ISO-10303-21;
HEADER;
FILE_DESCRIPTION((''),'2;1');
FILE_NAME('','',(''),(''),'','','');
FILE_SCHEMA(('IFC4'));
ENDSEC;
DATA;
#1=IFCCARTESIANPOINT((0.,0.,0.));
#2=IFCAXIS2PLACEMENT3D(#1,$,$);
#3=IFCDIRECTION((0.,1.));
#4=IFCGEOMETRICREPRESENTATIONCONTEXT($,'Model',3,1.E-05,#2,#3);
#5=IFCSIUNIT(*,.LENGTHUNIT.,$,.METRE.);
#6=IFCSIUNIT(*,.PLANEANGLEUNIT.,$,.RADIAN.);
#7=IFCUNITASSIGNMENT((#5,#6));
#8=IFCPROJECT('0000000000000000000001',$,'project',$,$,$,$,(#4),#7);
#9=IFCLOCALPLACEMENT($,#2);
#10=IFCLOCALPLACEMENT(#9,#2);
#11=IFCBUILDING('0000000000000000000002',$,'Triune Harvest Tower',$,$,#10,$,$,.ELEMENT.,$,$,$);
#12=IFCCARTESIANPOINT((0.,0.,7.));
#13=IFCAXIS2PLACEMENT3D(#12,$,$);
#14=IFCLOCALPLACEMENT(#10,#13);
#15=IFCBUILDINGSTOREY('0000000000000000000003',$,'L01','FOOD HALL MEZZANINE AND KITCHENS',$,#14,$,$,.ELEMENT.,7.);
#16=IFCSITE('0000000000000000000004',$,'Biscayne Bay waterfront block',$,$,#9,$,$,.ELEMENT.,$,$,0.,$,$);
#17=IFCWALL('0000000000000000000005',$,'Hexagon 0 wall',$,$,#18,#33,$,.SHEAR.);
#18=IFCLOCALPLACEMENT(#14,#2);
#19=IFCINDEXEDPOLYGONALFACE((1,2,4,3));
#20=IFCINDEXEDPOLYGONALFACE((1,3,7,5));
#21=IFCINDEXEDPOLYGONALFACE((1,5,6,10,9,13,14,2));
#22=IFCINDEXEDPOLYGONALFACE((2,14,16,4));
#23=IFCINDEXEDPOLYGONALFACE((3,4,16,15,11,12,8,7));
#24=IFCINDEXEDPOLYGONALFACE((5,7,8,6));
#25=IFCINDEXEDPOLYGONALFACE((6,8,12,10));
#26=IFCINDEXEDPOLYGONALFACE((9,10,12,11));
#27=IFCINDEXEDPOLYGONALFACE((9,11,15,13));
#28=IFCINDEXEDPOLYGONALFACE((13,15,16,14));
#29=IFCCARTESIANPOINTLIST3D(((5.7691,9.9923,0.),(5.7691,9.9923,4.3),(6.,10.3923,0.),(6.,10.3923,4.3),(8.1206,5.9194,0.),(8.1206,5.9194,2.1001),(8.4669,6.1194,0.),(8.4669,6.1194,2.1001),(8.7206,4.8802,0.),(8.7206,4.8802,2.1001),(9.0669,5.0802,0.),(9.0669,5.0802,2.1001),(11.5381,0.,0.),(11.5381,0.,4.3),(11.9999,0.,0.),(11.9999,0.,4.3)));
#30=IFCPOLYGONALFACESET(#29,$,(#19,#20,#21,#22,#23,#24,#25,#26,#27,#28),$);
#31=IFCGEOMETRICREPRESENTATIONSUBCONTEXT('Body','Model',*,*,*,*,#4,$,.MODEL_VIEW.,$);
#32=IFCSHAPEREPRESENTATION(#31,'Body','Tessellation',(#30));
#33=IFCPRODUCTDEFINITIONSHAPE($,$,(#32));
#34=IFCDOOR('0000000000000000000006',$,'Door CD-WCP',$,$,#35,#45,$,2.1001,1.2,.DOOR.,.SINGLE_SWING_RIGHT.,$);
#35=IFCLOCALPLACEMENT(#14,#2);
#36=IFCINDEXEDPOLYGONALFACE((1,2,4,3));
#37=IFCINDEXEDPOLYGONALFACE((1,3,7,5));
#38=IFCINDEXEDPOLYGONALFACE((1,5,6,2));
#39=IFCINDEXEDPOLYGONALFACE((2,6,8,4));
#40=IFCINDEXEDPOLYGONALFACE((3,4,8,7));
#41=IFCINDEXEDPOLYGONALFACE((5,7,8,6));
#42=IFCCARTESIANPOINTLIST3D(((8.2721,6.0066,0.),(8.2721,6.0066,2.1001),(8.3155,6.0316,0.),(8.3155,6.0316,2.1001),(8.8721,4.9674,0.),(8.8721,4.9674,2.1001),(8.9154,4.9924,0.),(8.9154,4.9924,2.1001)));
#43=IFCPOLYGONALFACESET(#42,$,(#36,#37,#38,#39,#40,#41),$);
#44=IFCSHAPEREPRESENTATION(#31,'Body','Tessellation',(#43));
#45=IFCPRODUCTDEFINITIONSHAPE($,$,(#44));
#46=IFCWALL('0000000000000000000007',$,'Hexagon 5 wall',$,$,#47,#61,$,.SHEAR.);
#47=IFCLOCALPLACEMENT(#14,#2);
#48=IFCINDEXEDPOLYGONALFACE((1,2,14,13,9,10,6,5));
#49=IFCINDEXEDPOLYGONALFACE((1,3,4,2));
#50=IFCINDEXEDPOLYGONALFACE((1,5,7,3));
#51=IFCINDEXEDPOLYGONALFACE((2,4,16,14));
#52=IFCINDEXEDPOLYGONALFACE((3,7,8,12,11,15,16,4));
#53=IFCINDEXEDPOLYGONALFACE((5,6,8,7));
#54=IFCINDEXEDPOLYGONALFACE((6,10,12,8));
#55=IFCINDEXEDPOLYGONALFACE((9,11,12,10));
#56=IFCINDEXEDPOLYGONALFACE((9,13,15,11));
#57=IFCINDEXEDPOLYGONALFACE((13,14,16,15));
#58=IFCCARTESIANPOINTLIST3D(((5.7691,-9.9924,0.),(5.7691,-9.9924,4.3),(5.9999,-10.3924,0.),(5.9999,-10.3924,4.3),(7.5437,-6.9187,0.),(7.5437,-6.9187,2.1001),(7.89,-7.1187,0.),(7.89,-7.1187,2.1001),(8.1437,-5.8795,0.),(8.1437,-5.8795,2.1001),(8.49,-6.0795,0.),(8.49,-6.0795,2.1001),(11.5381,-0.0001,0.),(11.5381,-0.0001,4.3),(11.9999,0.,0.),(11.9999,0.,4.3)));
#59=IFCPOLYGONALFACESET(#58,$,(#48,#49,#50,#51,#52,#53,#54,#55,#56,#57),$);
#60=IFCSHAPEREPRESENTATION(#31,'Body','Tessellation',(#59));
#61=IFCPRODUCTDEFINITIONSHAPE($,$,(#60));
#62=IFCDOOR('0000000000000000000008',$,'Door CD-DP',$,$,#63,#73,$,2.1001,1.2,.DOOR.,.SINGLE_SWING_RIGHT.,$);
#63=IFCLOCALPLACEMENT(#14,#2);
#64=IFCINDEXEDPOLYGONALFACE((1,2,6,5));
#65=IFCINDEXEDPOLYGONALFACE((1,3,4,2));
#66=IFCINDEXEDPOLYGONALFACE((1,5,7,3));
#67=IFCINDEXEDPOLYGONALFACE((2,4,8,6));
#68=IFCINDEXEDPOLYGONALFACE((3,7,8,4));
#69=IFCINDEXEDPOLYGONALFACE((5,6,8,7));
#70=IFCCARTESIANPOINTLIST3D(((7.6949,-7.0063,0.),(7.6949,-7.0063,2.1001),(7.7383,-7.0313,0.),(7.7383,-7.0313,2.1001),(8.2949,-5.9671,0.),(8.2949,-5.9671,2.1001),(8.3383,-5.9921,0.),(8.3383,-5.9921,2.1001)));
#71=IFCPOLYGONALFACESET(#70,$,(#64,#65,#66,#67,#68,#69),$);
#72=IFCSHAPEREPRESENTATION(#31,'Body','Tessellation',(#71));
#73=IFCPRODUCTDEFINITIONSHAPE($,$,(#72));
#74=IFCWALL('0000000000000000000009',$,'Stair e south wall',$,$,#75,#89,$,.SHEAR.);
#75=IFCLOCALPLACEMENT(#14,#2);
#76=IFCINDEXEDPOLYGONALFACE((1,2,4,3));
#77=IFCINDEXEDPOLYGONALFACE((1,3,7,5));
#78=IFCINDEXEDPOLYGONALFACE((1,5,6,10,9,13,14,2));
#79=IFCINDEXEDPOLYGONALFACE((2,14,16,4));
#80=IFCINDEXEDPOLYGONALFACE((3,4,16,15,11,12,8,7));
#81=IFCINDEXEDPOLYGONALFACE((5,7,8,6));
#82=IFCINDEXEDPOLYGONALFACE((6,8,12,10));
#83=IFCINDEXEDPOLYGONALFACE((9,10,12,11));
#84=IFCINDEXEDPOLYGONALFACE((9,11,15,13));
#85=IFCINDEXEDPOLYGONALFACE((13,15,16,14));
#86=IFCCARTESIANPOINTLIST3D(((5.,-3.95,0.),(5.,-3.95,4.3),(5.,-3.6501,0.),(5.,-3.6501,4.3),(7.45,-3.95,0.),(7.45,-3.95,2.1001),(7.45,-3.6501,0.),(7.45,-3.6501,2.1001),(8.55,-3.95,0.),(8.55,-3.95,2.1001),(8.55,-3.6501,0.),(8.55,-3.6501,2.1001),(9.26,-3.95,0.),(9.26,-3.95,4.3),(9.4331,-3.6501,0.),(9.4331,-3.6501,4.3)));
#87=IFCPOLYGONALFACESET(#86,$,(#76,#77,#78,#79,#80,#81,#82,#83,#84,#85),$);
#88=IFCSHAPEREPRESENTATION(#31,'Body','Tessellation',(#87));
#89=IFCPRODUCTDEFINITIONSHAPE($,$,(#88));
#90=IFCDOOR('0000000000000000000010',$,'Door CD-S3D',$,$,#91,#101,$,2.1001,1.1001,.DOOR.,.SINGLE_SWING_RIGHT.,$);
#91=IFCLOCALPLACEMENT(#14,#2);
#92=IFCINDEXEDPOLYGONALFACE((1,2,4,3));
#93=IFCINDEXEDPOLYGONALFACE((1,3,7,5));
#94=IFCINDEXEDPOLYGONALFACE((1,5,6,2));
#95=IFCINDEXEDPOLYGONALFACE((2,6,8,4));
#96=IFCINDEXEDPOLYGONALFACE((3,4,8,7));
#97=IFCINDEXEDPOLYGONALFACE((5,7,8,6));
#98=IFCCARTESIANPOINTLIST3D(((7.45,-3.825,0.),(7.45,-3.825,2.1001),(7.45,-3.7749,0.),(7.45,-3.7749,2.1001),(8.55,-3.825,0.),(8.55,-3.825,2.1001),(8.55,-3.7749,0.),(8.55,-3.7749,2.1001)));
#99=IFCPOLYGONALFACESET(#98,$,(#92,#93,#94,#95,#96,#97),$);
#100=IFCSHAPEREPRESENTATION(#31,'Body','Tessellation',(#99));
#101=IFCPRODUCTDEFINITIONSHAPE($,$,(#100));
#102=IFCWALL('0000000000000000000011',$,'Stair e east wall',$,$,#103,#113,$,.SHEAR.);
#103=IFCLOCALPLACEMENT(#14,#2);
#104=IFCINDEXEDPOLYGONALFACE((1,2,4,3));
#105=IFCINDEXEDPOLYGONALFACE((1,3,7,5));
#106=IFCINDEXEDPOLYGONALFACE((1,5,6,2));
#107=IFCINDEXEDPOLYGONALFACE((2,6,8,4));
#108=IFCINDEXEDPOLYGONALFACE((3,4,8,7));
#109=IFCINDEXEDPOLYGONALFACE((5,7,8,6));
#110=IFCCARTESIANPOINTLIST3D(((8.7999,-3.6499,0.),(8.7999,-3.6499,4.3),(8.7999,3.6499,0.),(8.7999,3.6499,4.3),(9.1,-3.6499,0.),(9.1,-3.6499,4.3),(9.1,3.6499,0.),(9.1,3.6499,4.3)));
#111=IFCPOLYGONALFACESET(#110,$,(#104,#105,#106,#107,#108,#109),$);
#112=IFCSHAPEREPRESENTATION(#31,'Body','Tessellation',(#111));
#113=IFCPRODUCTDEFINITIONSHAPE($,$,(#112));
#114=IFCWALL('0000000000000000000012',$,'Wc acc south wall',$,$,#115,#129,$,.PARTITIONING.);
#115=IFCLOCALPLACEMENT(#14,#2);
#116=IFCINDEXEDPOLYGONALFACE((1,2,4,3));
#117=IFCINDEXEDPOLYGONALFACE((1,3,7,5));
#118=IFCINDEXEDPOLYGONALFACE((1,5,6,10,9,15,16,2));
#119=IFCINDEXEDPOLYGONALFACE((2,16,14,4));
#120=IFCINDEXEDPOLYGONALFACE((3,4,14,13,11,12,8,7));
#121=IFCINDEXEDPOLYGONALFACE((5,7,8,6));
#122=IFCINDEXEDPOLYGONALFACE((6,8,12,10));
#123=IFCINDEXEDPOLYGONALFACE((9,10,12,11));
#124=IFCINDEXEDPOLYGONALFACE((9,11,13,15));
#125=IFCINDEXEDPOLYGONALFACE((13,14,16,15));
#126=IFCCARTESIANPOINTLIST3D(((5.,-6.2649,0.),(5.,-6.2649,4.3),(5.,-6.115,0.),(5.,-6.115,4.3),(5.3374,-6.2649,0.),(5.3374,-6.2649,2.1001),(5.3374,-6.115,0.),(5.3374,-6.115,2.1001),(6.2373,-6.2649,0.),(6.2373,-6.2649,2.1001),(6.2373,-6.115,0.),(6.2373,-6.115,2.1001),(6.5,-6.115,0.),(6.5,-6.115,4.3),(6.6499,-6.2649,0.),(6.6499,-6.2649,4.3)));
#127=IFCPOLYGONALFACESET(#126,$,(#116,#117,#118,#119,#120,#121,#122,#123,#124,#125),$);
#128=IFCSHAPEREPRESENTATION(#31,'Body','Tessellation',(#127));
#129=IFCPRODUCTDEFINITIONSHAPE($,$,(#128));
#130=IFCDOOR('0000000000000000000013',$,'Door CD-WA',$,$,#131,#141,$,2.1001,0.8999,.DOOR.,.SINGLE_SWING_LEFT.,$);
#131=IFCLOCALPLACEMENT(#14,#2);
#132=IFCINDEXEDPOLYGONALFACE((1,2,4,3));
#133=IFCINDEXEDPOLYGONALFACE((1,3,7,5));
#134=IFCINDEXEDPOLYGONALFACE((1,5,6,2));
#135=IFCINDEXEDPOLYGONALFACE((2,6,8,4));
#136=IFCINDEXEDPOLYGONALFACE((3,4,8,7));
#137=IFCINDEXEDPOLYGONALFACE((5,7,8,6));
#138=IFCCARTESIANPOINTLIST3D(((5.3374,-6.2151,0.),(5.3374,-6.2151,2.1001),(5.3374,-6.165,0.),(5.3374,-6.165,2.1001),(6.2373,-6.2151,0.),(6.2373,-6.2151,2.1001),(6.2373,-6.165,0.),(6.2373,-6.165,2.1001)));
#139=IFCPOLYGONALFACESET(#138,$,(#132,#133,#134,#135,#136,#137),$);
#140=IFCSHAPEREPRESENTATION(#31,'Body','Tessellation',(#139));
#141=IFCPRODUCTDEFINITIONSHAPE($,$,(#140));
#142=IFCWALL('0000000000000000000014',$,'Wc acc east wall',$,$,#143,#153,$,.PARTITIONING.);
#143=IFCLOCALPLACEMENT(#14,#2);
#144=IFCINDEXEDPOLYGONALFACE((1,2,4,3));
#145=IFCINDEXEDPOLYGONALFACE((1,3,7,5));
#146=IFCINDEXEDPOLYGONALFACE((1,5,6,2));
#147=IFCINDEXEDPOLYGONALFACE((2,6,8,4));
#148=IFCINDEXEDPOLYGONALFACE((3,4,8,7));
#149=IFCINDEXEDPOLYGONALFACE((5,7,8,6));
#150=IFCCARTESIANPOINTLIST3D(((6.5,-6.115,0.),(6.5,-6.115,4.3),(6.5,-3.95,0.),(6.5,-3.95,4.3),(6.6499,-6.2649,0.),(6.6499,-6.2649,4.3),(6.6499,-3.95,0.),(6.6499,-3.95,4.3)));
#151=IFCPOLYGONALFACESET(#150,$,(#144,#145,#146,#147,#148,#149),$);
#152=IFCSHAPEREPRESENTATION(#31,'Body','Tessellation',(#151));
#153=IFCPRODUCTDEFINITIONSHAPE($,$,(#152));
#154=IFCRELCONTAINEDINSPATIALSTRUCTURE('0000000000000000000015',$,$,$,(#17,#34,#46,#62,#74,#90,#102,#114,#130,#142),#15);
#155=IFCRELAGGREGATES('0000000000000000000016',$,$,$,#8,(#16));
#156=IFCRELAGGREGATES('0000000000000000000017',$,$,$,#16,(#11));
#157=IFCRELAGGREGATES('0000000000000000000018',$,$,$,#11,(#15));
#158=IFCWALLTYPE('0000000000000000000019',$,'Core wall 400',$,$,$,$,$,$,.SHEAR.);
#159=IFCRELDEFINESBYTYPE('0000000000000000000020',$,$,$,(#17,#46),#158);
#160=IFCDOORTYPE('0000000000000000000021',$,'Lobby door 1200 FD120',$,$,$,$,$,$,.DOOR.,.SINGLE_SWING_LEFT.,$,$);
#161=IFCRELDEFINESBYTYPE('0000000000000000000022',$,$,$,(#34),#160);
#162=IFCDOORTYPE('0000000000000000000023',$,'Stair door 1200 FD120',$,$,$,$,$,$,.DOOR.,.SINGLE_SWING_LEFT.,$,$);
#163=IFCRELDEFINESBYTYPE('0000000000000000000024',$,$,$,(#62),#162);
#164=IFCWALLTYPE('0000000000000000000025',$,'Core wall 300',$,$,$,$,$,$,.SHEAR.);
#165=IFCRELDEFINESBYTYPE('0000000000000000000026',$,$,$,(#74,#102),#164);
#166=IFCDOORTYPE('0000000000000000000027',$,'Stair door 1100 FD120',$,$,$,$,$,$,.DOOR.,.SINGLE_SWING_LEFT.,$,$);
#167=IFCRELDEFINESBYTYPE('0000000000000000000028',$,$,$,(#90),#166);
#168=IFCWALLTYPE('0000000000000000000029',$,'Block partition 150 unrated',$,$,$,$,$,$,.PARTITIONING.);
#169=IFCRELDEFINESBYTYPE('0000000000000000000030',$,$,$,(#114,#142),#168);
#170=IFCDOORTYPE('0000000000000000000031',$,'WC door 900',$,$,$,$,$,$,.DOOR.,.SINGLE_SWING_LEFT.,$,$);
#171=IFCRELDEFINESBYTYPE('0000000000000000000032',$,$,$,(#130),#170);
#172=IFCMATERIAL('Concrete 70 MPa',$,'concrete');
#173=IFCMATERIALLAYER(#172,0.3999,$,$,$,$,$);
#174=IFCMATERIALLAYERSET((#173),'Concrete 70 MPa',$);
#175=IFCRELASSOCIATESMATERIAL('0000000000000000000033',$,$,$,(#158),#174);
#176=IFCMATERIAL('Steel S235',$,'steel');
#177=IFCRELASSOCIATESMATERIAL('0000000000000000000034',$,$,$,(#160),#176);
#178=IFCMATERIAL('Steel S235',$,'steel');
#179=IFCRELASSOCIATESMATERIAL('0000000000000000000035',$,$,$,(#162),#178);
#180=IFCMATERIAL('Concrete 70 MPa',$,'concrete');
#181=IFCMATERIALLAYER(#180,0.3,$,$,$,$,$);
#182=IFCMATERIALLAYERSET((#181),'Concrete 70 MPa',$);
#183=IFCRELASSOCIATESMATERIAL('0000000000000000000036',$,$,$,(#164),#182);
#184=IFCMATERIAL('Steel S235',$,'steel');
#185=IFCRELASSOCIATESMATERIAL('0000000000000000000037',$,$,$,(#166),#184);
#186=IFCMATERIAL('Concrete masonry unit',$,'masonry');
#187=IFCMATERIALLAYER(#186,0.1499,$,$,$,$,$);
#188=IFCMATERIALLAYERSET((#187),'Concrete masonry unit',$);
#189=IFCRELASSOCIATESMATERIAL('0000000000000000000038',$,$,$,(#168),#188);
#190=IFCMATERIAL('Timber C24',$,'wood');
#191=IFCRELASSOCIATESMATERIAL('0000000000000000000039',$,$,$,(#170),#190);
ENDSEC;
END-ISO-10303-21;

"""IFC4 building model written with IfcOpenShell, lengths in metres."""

from ifc_helpers import new_model, si_unit, direction, frame, frame_2d, origin, place, context, subcontext, project, spatial, polyline, rectangle, outline, extrude, source, transform, mapped, material, layer, layer_set, type_object, element, fill, save


model = new_model("IFC4")

# Units and contexts
model_context = context("Model", 3, precision=1e-05, world=origin(), true_north=direction((0.0, 1.0)))
body_context = subcontext(model_context, "Body", "Model", "MODEL_VIEW")
ifc_project = project(units=[si_unit("LENGTHUNIT", "METRE"), si_unit("PLANEANGLEUNIT", "RADIAN")], contexts=[model_context])

# Site, building, storey
site_placement = place(None, origin())
site = spatial("IfcSite", under=ifc_project, at=site_placement, Name="Biscayne Bay waterfront block", CompositionType="ELEMENT", RefElevation=0.0)
building_placement = place(site_placement, origin())
building = spatial("IfcBuilding", under=site, at=building_placement, Name="Triune Harvest Tower", CompositionType="ELEMENT")
storey_placement = place(building_placement, frame((0.0, 0.0, 7.0)))
storey = spatial("IfcBuildingStorey", under=building, at=storey_placement, Name="L01", Description="FOOD HALL MEZZANINE AND KITCHENS", CompositionType="ELEMENT", Elevation=7.0)

# Walls, openings, doors
ifc_material_1 = material(Name="Concrete 70 MPa", Category="concrete")
ifc_layer_1 = layer(ifc_material_1, 0.3999)
ifc_layer_set_1 = layer_set([ifc_layer_1], Name="Concrete 70 MPa")
wall_type_1 = type_object("IfcWallType", Name="Core wall 400", PredefinedType="SHEAR", material=ifc_layer_set_1)
shared_shape_1 = source(origin(), body_context, "Body", "SweptSolid", [
    extrude(outline(polyline([(-0.1155, -0.2), (11.8845, -0.2), (11.6536, 0.2), (0.1155, 0.2), (-0.1155, -0.2)])), origin(), (0.0, 0.0, 1.0), 4.3),
])
wall_1_placement = place(storey_placement, frame((11.769, 0.0, 0.0), z_axis=(0.0, 0.0, 1.0), x_axis=(-0.499997, 0.866027, 0.0)))
wall_1 = element("IfcWall", 1, at=wall_1_placement, inside=storey, type_object=wall_type_1, Name="Hexagon 0 wall", PredefinedType="SHEAR", context=body_context, shape_type="MappedRepresentation", body=[
    mapped(shared_shape_1, transform((0.0, 0.0, 0.0), scale=1.0)),
])
opening_1_placement = place(wall_1_placement, frame((5.7505, 0.0, 0.0)))
opening_1 = element("IfcOpeningElement", 2, at=opening_1_placement, cuts=wall_1, PredefinedType="OPENING", context=body_context, shape_type="SweptSolid", body=[
    extrude(rectangle(XDim=1.2, YDim=2.1001, at=frame_2d((0.6001, 1.05))), frame((0.0, 0.21, 0.0), z_axis=(0.0, -1.0, 0.0), x_axis=(1.0, 0.0, 0.0)), (0.0, 0.0, 1.0), 0.4199),
])
ifc_material_2 = material(Name="Steel S235", Category="steel")
door_type_1 = type_object("IfcDoorType", Name="Lobby door 1200 FD120", OperationType="SINGLE_SWING_LEFT", PredefinedType="DOOR", material=ifc_material_2)
door_1_placement = place(opening_1_placement, frame((1.2, 0.0, 0.0), z_axis=(0.0, 0.0, 1.0), x_axis=(-1.0, 0.0, 0.0)))
door_1 = element("IfcDoor", 3, at=door_1_placement, inside=storey, type_object=door_type_1, Name="Door CD-WCP", OperationType="SINGLE_SWING_RIGHT", OverallHeight=2.1001, OverallWidth=1.2, PredefinedType="DOOR", context=body_context, shape_type="SweptSolid", body=[
    extrude(rectangle(XDim=1.2, YDim=2.1001, at=frame_2d((0.6001, 1.05))), frame((0.0, 0.0249, 0.0), z_axis=(0.0, -1.0, 0.0), x_axis=(1.0, 0.0, 0.0)), (0.0, 0.0, 1.0), 0.05),
])
fill(opening_1, door_1)
wall_2_placement = place(storey_placement, frame((5.8845, -10.1924, 0.0), z_axis=(0.0, 0.0, 1.0), x_axis=(0.499997, 0.866027, 0.0)))
wall_2 = element("IfcWall", 4, at=wall_2_placement, inside=storey, type_object=wall_type_1, Name="Hexagon 5 wall", PredefinedType="SHEAR", context=body_context, shape_type="MappedRepresentation", body=[
    mapped(shared_shape_1, transform((0.0, 0.0, 0.0), scale=1.0)),
])
opening_2_placement = place(wall_2_placement, frame((3.6646, 0.0, 0.0)))
opening_2 = element("IfcOpeningElement", 5, at=opening_2_placement, cuts=wall_2, PredefinedType="OPENING", context=body_context, shape_type="SweptSolid", body=[
    extrude(rectangle(XDim=1.2, YDim=2.1001, at=frame_2d((0.6001, 1.05))), frame((0.0, 0.21, 0.0), z_axis=(0.0, -1.0, 0.0), x_axis=(1.0, 0.0, 0.0)), (0.0, 0.0, 1.0), 0.4199),
])
ifc_material_3 = material(Name="Steel S235", Category="steel")
door_type_2 = type_object("IfcDoorType", Name="Stair door 1200 FD120", OperationType="SINGLE_SWING_LEFT", PredefinedType="DOOR", material=ifc_material_3)
door_2_placement = place(opening_2_placement, frame((1.2, 0.0, 0.0), z_axis=(0.0, 0.0, 1.0), x_axis=(-1.0, 0.0, 0.0)))
door_2 = element("IfcDoor", 6, at=door_2_placement, inside=storey, type_object=door_type_2, Name="Door CD-DP", OperationType="SINGLE_SWING_RIGHT", OverallHeight=2.1001, OverallWidth=1.2, PredefinedType="DOOR", context=body_context, shape_type="SweptSolid", body=[
    extrude(rectangle(XDim=1.2, YDim=2.1001, at=frame_2d((0.6001, 1.05))), frame((0.0, 0.0249, 0.0), z_axis=(0.0, -1.0, 0.0), x_axis=(1.0, 0.0, 0.0)), (0.0, 0.0, 1.0), 0.05),
])
fill(opening_2, door_2)
ifc_material_4 = material(Name="Concrete 70 MPa", Category="concrete")
ifc_layer_2 = layer(ifc_material_4, 0.3)
ifc_layer_set_2 = layer_set([ifc_layer_2], Name="Concrete 70 MPa")
wall_type_2 = type_object("IfcWallType", Name="Core wall 300", PredefinedType="SHEAR", material=ifc_layer_set_2)
shared_shape_2 = source(origin(), body_context, "Body", "SweptSolid", [
    extrude(outline(polyline([(0.0, -0.1499), (0.0, 0.1499), (4.4331, 0.1499), (4.26, -0.1499), (0.0, -0.1499)])), origin(), (0.0, 0.0, 1.0), 4.3),
])
wall_3_placement = place(storey_placement, frame((5.0, -3.8, 0.0), z_axis=(0.0, 0.0, 1.0), x_axis=(1.0, 0.0, 0.0)))
wall_3 = element("IfcWall", 7, at=wall_3_placement, inside=storey, type_object=wall_type_2, Name="Stair e south wall", PredefinedType="SHEAR", context=body_context, shape_type="MappedRepresentation", body=[
    mapped(shared_shape_2, transform((0.0, 0.0, 0.0), scale=1.0)),
])
opening_3_placement = place(wall_3_placement, frame((2.45, 0.0, 0.0)))
opening_3 = element("IfcOpeningElement", 8, at=opening_3_placement, cuts=wall_3, PredefinedType="OPENING", context=body_context, shape_type="SweptSolid", body=[
    extrude(rectangle(XDim=1.1001, YDim=2.1001, at=frame_2d((0.55, 1.05))), frame((0.0, 0.1602, 0.0), z_axis=(0.0, -1.0, 0.0), x_axis=(1.0, 0.0, 0.0)), (0.0, 0.0, 1.0), 0.3201),
])
ifc_material_5 = material(Name="Steel S235", Category="steel")
door_type_3 = type_object("IfcDoorType", Name="Stair door 1100 FD120", OperationType="SINGLE_SWING_LEFT", PredefinedType="DOOR", material=ifc_material_5)
door_3_placement = place(opening_3_placement, frame((1.1001, 0.0, 0.0), z_axis=(0.0, 0.0, 1.0), x_axis=(-1.0, 0.0, 0.0)))
door_3 = element("IfcDoor", 9, at=door_3_placement, inside=storey, type_object=door_type_3, Name="Door CD-S3D", OperationType="SINGLE_SWING_RIGHT", OverallHeight=2.1001, OverallWidth=1.1001, PredefinedType="DOOR", context=body_context, shape_type="SweptSolid", body=[
    extrude(rectangle(XDim=1.1001, YDim=2.1001, at=frame_2d((0.55, 1.05))), frame((0.0, 0.0249, 0.0), z_axis=(0.0, -1.0, 0.0), x_axis=(1.0, 0.0, 0.0)), (0.0, 0.0, 1.0), 0.05),
])
fill(opening_3, door_3)

# Wall
shared_shape_3 = source(origin(), body_context, "Body", "SweptSolid", [
    extrude(rectangle(XDim=7.2998, YDim=0.3, at=frame_2d((3.6499, 0.0))), origin(), (0.0, 0.0, 1.0), 4.3),
])
wall_4_placement = place(storey_placement, frame((8.95, -3.6499, 0.0), z_axis=(0.0, 0.0, 1.0), x_axis=(0.0, 1.0, 0.0)))
element("IfcWall", 10, at=wall_4_placement, inside=storey, type_object=wall_type_2, Name="Stair e east wall", PredefinedType="SHEAR", context=body_context, shape_type="MappedRepresentation", body=[
    mapped(shared_shape_3, transform((0.0, 0.0, 0.0), scale=1.0)),
])

# Wall, opening, door
ifc_material_6 = material(Name="Concrete masonry unit", Category="masonry")
ifc_layer_3 = layer(ifc_material_6, 0.1499)
ifc_layer_set_3 = layer_set([ifc_layer_3], Name="Concrete masonry unit")
wall_type_3 = type_object("IfcWallType", Name="Block partition 150 unrated", PredefinedType="PARTITIONING", material=ifc_layer_set_3)
shared_shape_4 = source(origin(), body_context, "Body", "SweptSolid", [
    extrude(outline(polyline([(0.0, -0.075), (1.6499, -0.075), (1.5, 0.075), (0.0, 0.075), (0.0, -0.075)])), origin(), (0.0, 0.0, 1.0), 4.3),
])
wall_5_placement = place(storey_placement, frame((5.0, -6.1899, 0.0), z_axis=(0.0, 0.0, 1.0), x_axis=(1.0, 0.0, 0.0)))
wall_5 = element("IfcWall", 11, at=wall_5_placement, inside=storey, type_object=wall_type_3, Name="Wc acc south wall", PredefinedType="PARTITIONING", context=body_context, shape_type="MappedRepresentation", body=[
    mapped(shared_shape_4, transform((0.0, 0.0, 0.0), scale=1.0)),
])
opening_4_placement = place(wall_5_placement, frame((0.3374, 0.0, 0.0)))
opening_4 = element("IfcOpeningElement", 12, at=opening_4_placement, cuts=wall_5, PredefinedType="OPENING", context=body_context, shape_type="SweptSolid", body=[
    extrude(rectangle(XDim=0.8999, YDim=2.1001, at=frame_2d((0.45, 1.05))), frame((0.0, 0.085, 0.0), z_axis=(0.0, -1.0, 0.0), x_axis=(1.0, 0.0, 0.0)), (0.0, 0.0, 1.0), 0.1699),
])
ifc_material_7 = material(Name="Timber C24", Category="wood")
door_type_4 = type_object("IfcDoorType", Name="WC door 900", OperationType="SINGLE_SWING_LEFT", PredefinedType="DOOR", material=ifc_material_7)
door_4_placement = place(opening_4_placement, origin())
door_4 = element("IfcDoor", 13, at=door_4_placement, inside=storey, type_object=door_type_4, Name="Door CD-WA", OperationType="SINGLE_SWING_LEFT", OverallHeight=2.1001, OverallWidth=0.8999, PredefinedType="DOOR", context=body_context, shape_type="SweptSolid", body=[
    extrude(rectangle(XDim=0.8999, YDim=2.1001, at=frame_2d((0.45, 1.05))), frame((0.0, 0.0249, 0.0), z_axis=(0.0, -1.0, 0.0), x_axis=(1.0, 0.0, 0.0)), (0.0, 0.0, 1.0), 0.05),
])
fill(opening_4, door_4)

# Wall
shared_shape_5 = source(origin(), body_context, "Body", "SweptSolid", [
    extrude(outline(polyline([(-0.075, -0.075), (2.24, -0.075), (2.24, 0.075), (0.075, 0.075), (-0.075, -0.075)])), origin(), (0.0, 0.0, 1.0), 4.3),
])
wall_6_placement = place(storey_placement, frame((6.575, -6.1899, 0.0), z_axis=(0.0, 0.0, 1.0), x_axis=(0.0, 1.0, 0.0)))
element("IfcWall", 14, at=wall_6_placement, inside=storey, type_object=wall_type_3, Name="Wc acc east wall", PredefinedType="PARTITIONING", context=body_context, shape_type="MappedRepresentation", body=[
    mapped(shared_shape_5, transform((0.0, 0.0, 0.0), scale=1.0)),
])

save(model, "model.ifc")
